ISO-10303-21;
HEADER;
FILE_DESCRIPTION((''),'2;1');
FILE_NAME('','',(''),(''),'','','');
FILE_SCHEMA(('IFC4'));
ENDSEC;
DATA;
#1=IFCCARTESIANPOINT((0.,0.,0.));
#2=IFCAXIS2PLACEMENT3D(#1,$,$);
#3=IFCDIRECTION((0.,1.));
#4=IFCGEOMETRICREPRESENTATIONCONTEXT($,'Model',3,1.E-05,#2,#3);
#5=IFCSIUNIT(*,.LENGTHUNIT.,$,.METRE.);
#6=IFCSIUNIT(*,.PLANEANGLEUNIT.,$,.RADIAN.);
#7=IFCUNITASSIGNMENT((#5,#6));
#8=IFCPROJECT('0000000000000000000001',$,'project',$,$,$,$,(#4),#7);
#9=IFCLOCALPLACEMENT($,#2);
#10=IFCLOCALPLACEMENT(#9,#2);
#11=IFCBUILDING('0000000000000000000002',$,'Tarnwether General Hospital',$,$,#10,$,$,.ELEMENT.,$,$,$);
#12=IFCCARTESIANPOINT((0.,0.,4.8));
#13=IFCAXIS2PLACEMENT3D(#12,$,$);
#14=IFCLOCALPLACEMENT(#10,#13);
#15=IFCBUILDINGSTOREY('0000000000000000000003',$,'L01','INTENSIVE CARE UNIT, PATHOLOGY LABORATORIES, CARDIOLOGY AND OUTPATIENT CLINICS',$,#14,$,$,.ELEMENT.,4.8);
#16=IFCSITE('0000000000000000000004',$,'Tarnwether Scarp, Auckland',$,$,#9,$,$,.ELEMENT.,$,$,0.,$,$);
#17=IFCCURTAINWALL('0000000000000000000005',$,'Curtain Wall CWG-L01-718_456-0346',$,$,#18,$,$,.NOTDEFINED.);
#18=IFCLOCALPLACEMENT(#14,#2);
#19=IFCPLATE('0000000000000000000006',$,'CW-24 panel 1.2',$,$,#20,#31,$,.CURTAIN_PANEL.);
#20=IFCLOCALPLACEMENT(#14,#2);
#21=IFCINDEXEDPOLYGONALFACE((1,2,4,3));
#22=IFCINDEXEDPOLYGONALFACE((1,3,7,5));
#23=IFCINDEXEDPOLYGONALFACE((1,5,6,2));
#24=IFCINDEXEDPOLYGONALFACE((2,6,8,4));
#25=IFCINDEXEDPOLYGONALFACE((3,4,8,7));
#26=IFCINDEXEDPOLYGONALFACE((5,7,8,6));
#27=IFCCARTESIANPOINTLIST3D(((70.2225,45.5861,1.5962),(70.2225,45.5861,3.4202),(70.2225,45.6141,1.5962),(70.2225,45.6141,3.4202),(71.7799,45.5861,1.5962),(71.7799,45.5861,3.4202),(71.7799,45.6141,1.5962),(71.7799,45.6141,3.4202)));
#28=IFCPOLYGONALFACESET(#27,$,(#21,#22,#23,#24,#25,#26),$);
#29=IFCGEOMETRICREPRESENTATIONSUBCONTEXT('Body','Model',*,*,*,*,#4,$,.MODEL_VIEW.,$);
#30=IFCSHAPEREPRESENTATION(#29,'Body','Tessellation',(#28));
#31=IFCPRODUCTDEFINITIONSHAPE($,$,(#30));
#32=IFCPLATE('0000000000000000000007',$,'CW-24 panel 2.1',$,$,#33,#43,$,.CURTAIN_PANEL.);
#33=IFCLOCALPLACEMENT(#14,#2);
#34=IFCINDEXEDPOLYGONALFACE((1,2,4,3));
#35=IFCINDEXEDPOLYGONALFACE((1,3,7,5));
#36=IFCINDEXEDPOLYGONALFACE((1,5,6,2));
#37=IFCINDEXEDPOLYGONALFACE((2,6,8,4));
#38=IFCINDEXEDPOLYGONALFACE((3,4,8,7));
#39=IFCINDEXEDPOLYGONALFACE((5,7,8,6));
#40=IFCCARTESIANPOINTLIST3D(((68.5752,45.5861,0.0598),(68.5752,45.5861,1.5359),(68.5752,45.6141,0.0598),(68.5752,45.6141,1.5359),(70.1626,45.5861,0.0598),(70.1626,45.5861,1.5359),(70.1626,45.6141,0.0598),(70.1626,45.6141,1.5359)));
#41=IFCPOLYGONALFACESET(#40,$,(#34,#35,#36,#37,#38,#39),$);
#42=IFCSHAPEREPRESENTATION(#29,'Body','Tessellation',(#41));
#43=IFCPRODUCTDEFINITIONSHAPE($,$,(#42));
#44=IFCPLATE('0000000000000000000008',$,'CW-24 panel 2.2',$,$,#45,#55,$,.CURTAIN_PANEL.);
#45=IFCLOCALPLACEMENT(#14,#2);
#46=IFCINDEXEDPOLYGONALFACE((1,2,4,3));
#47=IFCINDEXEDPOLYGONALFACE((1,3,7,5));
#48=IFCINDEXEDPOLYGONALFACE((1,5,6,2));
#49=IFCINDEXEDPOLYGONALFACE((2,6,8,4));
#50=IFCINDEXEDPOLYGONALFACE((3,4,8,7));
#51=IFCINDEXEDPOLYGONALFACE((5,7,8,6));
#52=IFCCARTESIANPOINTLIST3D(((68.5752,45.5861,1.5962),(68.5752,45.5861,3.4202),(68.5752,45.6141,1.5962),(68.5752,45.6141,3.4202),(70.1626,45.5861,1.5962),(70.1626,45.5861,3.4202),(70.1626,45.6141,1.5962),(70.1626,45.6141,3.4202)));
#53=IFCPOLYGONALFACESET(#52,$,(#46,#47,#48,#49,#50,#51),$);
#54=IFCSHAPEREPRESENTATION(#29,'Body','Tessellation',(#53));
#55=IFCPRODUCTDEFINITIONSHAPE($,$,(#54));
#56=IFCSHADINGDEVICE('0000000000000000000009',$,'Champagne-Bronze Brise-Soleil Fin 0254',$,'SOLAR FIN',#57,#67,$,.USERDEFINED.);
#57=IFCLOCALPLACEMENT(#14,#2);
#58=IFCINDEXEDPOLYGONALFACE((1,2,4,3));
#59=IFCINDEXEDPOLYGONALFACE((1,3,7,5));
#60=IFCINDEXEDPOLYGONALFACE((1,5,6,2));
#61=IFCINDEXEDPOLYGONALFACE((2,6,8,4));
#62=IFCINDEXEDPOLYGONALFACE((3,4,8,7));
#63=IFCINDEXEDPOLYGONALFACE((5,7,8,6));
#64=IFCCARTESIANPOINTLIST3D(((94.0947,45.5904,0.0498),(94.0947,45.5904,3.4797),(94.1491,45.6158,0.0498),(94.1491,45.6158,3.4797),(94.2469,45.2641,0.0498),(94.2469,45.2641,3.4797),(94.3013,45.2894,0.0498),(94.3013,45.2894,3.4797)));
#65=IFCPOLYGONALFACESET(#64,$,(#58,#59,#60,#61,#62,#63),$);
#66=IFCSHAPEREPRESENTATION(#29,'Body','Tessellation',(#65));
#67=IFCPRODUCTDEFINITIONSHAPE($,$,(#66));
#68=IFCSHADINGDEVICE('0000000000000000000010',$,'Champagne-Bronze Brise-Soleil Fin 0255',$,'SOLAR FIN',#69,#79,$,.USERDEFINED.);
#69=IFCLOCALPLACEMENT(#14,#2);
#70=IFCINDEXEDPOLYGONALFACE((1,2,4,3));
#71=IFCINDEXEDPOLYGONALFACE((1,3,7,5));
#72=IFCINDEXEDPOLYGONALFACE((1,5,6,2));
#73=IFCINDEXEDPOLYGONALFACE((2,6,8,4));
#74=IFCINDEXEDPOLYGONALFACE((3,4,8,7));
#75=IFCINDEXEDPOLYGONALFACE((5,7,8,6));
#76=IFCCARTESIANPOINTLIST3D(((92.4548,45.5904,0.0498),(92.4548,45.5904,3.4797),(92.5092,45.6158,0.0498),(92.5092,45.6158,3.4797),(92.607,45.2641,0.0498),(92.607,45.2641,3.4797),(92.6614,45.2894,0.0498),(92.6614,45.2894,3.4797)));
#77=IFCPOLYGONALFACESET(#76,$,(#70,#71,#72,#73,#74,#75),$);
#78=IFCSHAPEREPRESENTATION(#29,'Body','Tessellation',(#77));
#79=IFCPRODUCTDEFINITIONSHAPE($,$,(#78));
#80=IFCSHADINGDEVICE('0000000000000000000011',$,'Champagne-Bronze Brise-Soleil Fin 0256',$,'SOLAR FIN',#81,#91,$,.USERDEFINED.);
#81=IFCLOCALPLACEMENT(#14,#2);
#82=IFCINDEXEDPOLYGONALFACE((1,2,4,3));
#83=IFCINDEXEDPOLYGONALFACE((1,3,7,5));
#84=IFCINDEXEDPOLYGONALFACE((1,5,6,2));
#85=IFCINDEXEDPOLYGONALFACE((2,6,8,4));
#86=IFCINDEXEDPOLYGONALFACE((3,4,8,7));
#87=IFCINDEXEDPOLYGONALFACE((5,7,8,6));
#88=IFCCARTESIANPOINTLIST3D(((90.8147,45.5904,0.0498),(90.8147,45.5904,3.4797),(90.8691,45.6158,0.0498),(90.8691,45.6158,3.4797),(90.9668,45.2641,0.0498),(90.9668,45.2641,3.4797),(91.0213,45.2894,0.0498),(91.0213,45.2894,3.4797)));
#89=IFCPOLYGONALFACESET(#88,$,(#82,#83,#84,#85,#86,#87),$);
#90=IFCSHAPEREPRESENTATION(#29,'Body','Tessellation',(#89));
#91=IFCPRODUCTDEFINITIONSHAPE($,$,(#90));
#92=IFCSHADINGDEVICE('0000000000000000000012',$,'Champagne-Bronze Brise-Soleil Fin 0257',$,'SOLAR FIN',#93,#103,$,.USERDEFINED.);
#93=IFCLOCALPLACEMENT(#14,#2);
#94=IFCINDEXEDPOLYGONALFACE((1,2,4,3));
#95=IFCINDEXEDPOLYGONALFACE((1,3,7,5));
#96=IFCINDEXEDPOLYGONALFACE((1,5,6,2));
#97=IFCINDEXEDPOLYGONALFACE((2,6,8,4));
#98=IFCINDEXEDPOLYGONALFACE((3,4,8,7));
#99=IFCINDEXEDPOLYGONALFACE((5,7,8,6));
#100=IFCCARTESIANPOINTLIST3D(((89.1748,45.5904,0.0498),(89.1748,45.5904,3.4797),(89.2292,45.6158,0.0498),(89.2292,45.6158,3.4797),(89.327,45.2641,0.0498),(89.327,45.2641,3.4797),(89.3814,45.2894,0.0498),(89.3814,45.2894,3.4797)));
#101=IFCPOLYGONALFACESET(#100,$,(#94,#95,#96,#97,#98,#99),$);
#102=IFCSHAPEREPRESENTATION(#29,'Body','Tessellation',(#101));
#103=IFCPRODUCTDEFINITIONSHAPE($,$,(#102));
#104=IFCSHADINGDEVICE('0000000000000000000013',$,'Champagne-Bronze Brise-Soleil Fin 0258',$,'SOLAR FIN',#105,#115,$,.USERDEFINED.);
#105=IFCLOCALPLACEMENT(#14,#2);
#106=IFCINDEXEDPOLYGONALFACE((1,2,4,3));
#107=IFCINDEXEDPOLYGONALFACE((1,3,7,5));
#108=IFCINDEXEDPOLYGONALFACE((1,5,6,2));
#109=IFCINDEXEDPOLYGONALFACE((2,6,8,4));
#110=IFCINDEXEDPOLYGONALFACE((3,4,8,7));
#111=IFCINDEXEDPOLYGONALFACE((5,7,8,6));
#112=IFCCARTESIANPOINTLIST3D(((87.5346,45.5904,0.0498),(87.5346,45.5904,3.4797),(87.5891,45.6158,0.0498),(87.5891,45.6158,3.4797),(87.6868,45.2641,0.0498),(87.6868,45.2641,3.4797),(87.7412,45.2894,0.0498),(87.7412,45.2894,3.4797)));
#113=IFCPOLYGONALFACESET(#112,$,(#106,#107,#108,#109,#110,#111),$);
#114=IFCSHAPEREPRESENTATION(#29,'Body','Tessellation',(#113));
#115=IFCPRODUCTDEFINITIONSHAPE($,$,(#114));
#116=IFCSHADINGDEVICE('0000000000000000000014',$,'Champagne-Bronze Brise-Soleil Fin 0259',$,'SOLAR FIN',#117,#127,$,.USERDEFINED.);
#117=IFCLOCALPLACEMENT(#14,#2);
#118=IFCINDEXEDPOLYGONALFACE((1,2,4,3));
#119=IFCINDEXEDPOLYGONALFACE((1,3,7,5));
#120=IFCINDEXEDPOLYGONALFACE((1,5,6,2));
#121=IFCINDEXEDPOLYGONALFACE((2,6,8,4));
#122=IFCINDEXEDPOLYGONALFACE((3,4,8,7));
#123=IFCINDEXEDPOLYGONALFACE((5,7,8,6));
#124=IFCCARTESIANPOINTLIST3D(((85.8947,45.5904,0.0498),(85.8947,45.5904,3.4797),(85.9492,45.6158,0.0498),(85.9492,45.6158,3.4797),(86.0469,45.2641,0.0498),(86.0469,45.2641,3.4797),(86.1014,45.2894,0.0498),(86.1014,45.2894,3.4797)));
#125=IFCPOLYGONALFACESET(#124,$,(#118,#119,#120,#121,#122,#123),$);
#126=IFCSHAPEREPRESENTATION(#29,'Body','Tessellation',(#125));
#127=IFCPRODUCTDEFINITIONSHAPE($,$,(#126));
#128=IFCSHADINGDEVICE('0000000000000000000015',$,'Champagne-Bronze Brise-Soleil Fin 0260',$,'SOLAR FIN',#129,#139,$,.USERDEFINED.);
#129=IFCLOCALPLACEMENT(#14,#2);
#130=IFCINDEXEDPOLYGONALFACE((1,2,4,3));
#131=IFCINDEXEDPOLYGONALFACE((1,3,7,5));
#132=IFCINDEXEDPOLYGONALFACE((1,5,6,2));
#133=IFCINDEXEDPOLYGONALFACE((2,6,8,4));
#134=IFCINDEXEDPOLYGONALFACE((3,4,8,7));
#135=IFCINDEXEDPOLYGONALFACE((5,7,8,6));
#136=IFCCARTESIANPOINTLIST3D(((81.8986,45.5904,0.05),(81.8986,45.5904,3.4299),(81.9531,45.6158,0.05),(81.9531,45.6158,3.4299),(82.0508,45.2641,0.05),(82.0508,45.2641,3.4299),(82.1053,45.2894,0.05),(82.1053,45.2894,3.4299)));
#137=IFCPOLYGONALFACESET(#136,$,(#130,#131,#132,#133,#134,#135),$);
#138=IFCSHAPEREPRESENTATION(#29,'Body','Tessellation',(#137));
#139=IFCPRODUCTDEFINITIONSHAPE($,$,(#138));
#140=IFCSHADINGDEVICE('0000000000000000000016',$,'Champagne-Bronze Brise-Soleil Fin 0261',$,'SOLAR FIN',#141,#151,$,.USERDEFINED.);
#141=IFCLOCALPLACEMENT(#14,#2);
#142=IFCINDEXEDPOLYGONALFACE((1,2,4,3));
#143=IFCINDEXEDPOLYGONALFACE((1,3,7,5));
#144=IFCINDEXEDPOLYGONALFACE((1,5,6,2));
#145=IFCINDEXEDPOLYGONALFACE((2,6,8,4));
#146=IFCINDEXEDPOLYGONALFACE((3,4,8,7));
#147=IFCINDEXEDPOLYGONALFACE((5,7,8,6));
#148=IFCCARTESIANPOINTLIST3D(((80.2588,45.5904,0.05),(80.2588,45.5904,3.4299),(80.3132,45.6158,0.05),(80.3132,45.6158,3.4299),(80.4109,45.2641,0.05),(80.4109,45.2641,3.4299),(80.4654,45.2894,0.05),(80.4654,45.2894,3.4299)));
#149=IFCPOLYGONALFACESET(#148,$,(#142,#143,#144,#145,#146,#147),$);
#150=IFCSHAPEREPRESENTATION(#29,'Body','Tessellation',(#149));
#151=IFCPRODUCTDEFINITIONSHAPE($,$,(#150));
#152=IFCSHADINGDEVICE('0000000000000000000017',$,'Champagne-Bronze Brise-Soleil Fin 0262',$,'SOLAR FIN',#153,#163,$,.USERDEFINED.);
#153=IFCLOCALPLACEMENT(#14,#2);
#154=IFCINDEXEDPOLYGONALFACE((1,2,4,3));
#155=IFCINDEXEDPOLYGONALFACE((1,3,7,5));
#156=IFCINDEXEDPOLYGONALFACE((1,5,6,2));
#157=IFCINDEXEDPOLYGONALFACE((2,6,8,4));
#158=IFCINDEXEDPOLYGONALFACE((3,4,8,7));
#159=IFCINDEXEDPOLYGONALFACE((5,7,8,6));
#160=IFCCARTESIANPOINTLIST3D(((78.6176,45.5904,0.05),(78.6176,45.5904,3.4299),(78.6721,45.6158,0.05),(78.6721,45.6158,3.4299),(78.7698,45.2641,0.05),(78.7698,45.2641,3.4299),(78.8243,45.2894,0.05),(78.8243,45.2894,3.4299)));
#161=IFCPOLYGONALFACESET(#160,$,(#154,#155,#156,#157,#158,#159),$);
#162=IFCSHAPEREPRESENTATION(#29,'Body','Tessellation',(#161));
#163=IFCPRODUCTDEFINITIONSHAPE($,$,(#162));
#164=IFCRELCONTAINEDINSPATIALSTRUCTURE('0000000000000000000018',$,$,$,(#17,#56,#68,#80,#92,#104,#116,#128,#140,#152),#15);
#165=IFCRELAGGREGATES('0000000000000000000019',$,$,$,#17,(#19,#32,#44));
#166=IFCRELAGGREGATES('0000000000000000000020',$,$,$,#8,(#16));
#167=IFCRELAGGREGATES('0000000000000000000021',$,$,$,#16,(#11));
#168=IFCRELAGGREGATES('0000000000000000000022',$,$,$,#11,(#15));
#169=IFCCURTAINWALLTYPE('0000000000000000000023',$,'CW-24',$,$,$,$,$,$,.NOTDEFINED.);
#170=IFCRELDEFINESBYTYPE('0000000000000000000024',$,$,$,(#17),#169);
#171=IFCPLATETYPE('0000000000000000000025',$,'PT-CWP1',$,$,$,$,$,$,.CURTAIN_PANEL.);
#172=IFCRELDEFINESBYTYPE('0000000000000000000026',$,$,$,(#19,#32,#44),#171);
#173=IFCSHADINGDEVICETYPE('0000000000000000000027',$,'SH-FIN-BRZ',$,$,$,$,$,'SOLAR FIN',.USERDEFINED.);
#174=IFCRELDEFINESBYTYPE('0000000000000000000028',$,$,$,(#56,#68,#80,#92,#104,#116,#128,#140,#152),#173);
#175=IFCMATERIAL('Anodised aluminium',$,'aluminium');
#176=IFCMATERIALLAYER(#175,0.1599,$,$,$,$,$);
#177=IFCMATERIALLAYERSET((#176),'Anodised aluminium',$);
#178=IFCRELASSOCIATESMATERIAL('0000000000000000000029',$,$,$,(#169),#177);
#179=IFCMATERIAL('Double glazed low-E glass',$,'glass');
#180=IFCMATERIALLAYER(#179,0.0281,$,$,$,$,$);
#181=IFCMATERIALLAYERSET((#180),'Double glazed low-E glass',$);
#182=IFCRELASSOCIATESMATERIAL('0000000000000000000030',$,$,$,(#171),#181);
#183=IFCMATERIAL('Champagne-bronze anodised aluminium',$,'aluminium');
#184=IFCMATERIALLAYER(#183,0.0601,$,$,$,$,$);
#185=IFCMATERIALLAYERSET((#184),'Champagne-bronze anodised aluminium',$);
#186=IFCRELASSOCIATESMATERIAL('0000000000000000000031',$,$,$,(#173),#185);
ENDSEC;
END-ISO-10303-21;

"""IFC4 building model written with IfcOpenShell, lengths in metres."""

from ifc_helpers import new_model, si_unit, direction, frame, origin, origin_2d, place, context, subcontext, project, spatial, rectangle, extrude, material, layer, layer_set, type_object, element, aggregate, save


model = new_model("IFC4")

# Units and contexts
model_context = context("Model", 3, precision=1e-05, world=origin(), true_north=direction((0.0, 1.0)))
body_context = subcontext(model_context, "Body", "Model", "MODEL_VIEW")
ifc_project = project(units=[si_unit("LENGTHUNIT", "METRE"), si_unit("PLANEANGLEUNIT", "RADIAN")], contexts=[model_context])

# Site, building, storey
site_placement = place(None, origin())
site = spatial("IfcSite", under=ifc_project, at=site_placement, Name="Tarnwether Scarp, Auckland", CompositionType="ELEMENT", RefElevation=0.0)
building_placement = place(site_placement, origin())
building = spatial("IfcBuilding", under=site, at=building_placement, Name="Tarnwether General Hospital", CompositionType="ELEMENT")
storey_placement = place(building_placement, frame((0.0, 0.0, 4.8)))
storey = spatial("IfcBuildingStorey", under=building, at=storey_placement, Name="L01", Description="INTENSIVE CARE UNIT, PATHOLOGY LABORATORIES, CARDIOLOGY AND OUTPATIENT CLINICS", CompositionType="ELEMENT", Elevation=4.8)

# Curtain wall
ifc_material_1 = material(Name="Anodised aluminium", Category="aluminium")
ifc_layer_1 = layer(ifc_material_1, 0.1599)
ifc_layer_set_1 = layer_set([ifc_layer_1], Name="Anodised aluminium")
curtain_wall_type = type_object("IfcCurtainWallType", Name="CW-24", PredefinedType="NOTDEFINED", material=ifc_layer_set_1)
curtain_wall_1_placement = place(storey_placement, origin())
curtain_wall_1 = element("IfcCurtainWall", 1, at=curtain_wall_1_placement, inside=storey, type_object=curtain_wall_type, Name="Curtain Wall CWG-L01-718_456-0346", PredefinedType="NOTDEFINED")

# Plates
ifc_material_2 = material(Name="Double glazed low-E glass", Category="glass")
ifc_layer_2 = layer(ifc_material_2, 0.0281)
ifc_layer_set_2 = layer_set([ifc_layer_2], Name="Double glazed low-E glass")
plate_type = type_object("IfcPlateType", Name="PT-CWP1", PredefinedType="CURTAIN_PANEL", material=ifc_layer_set_2)
plate_1_placement = place(storey_placement, frame((71.0012, 45.6001, 1.5962), z_axis=(0.0, 0.0, 1.0), x_axis=(-1.0, 0.0, 0.0)))
plate_1 = element("IfcPlate", 2, at=plate_1_placement, type_object=plate_type, Name="CW-24 panel 1.2", PredefinedType="CURTAIN_PANEL", context=body_context, shape_type="SweptSolid", body=[
    extrude(rectangle(XDim=1.5574, YDim=0.0281, at=origin_2d()), origin(), (0.0, 0.0, 1.0), 1.824),
])
plate_2_placement = place(storey_placement, frame((69.3689, 45.6001, 0.0598), z_axis=(0.0, 0.0, 1.0), x_axis=(-1.0, 0.0, 0.0)))
plate_2 = element("IfcPlate", 3, at=plate_2_placement, type_object=plate_type, Name="CW-24 panel 2.1", PredefinedType="CURTAIN_PANEL", context=body_context, shape_type="SweptSolid", body=[
    extrude(rectangle(XDim=1.5874, YDim=0.0281, at=origin_2d()), origin(), (0.0, 0.0, 1.0), 1.4761),
])
plate_3_placement = place(storey_placement, frame((69.3689, 45.6001, 1.5962), z_axis=(0.0, 0.0, 1.0), x_axis=(-1.0, 0.0, 0.0)))
plate_3 = element("IfcPlate", 4, at=plate_3_placement, type_object=plate_type, Name="CW-24 panel 2.2", PredefinedType="CURTAIN_PANEL", context=body_context, shape_type="SweptSolid", body=[
    extrude(rectangle(XDim=1.5874, YDim=0.0281, at=origin_2d()), origin(), (0.0, 0.0, 1.0), 1.824),
])
aggregate(curtain_wall_1, [plate_1, plate_2, plate_3])

# Shading devices
ifc_material_3 = material(Name="Champagne-bronze anodised aluminium", Category="aluminium")
ifc_layer_3 = layer(ifc_material_3, 0.0601)
ifc_layer_set_3 = layer_set([ifc_layer_3], Name="Champagne-bronze anodised aluminium")
shading_device_type = type_object("IfcShadingDeviceType", Name="SH-FIN-BRZ", ElementType="SOLAR FIN", PredefinedType="USERDEFINED", material=ifc_layer_set_3)
for number, where, z_axis, x_axis, name in (
    (5, (94.198, 45.4399, 0.0498), (0.0, 0.0, 1.0), (-0.906308, -0.422618, 0.0), "Champagne-Bronze Brise-Soleil Fin 0254"),
    (6, (92.5581, 45.4399, 0.0498), (0.0, 0.0, 1.0), (-0.906308, -0.422618, 0.0), "Champagne-Bronze Brise-Soleil Fin 0255"),
    (7, (90.918, 45.4399, 0.0498), (0.0, 0.0, 1.0), (-0.906308, -0.422618, 0.0), "Champagne-Bronze Brise-Soleil Fin 0256"),
    (8, (89.2781, 45.4399, 0.0498), (0.0, 0.0, 1.0), (-0.906308, -0.422618, 0.0), "Champagne-Bronze Brise-Soleil Fin 0257"),
    (9, (87.6379, 45.4399, 0.0498), (0.0, 0.0, 1.0), (-0.906308, -0.422618, 0.0), "Champagne-Bronze Brise-Soleil Fin 0258"),
    (10, (85.998, 45.4399, 0.0498), (0.0, 0.0, 1.0), (-0.906308, -0.422618, 0.0), "Champagne-Bronze Brise-Soleil Fin 0259"),
):
    element("IfcShadingDevice", number, at=place(storey_placement, frame(where, z_axis=z_axis, x_axis=x_axis)), inside=storey, type_object=shading_device_type, Name=name, ObjectType="SOLAR FIN", PredefinedType="USERDEFINED", context=body_context, shape_type="SweptSolid", body=[
        extrude(rectangle(XDim=0.0601, YDim=0.3601, at=origin_2d()), origin(), (0.0, 0.0, 1.0), 3.4299),
    ])
for number, where, z_axis, x_axis, name in (
    (11, (82.002, 45.4399, 0.05), (0.0, 0.0, 1.0), (-0.906308, -0.422618, 0.0), "Champagne-Bronze Brise-Soleil Fin 0260"),
    (12, (80.3621, 45.4399, 0.05), (0.0, 0.0, 1.0), (-0.906308, -0.422618, 0.0), "Champagne-Bronze Brise-Soleil Fin 0261"),
    (13, (78.7209, 45.4399, 0.05), (0.0, 0.0, 1.0), (-0.906308, -0.422618, 0.0), "Champagne-Bronze Brise-Soleil Fin 0262"),
):
    element("IfcShadingDevice", number, at=place(storey_placement, frame(where, z_axis=z_axis, x_axis=x_axis)), inside=storey, type_object=shading_device_type, Name=name, ObjectType="SOLAR FIN", PredefinedType="USERDEFINED", context=body_context, shape_type="SweptSolid", body=[
        extrude(rectangle(XDim=0.0601, YDim=0.3601, at=origin_2d()), origin(), (0.0, 0.0, 1.0), 3.3799),
    ])

save(model, "model.ifc")
